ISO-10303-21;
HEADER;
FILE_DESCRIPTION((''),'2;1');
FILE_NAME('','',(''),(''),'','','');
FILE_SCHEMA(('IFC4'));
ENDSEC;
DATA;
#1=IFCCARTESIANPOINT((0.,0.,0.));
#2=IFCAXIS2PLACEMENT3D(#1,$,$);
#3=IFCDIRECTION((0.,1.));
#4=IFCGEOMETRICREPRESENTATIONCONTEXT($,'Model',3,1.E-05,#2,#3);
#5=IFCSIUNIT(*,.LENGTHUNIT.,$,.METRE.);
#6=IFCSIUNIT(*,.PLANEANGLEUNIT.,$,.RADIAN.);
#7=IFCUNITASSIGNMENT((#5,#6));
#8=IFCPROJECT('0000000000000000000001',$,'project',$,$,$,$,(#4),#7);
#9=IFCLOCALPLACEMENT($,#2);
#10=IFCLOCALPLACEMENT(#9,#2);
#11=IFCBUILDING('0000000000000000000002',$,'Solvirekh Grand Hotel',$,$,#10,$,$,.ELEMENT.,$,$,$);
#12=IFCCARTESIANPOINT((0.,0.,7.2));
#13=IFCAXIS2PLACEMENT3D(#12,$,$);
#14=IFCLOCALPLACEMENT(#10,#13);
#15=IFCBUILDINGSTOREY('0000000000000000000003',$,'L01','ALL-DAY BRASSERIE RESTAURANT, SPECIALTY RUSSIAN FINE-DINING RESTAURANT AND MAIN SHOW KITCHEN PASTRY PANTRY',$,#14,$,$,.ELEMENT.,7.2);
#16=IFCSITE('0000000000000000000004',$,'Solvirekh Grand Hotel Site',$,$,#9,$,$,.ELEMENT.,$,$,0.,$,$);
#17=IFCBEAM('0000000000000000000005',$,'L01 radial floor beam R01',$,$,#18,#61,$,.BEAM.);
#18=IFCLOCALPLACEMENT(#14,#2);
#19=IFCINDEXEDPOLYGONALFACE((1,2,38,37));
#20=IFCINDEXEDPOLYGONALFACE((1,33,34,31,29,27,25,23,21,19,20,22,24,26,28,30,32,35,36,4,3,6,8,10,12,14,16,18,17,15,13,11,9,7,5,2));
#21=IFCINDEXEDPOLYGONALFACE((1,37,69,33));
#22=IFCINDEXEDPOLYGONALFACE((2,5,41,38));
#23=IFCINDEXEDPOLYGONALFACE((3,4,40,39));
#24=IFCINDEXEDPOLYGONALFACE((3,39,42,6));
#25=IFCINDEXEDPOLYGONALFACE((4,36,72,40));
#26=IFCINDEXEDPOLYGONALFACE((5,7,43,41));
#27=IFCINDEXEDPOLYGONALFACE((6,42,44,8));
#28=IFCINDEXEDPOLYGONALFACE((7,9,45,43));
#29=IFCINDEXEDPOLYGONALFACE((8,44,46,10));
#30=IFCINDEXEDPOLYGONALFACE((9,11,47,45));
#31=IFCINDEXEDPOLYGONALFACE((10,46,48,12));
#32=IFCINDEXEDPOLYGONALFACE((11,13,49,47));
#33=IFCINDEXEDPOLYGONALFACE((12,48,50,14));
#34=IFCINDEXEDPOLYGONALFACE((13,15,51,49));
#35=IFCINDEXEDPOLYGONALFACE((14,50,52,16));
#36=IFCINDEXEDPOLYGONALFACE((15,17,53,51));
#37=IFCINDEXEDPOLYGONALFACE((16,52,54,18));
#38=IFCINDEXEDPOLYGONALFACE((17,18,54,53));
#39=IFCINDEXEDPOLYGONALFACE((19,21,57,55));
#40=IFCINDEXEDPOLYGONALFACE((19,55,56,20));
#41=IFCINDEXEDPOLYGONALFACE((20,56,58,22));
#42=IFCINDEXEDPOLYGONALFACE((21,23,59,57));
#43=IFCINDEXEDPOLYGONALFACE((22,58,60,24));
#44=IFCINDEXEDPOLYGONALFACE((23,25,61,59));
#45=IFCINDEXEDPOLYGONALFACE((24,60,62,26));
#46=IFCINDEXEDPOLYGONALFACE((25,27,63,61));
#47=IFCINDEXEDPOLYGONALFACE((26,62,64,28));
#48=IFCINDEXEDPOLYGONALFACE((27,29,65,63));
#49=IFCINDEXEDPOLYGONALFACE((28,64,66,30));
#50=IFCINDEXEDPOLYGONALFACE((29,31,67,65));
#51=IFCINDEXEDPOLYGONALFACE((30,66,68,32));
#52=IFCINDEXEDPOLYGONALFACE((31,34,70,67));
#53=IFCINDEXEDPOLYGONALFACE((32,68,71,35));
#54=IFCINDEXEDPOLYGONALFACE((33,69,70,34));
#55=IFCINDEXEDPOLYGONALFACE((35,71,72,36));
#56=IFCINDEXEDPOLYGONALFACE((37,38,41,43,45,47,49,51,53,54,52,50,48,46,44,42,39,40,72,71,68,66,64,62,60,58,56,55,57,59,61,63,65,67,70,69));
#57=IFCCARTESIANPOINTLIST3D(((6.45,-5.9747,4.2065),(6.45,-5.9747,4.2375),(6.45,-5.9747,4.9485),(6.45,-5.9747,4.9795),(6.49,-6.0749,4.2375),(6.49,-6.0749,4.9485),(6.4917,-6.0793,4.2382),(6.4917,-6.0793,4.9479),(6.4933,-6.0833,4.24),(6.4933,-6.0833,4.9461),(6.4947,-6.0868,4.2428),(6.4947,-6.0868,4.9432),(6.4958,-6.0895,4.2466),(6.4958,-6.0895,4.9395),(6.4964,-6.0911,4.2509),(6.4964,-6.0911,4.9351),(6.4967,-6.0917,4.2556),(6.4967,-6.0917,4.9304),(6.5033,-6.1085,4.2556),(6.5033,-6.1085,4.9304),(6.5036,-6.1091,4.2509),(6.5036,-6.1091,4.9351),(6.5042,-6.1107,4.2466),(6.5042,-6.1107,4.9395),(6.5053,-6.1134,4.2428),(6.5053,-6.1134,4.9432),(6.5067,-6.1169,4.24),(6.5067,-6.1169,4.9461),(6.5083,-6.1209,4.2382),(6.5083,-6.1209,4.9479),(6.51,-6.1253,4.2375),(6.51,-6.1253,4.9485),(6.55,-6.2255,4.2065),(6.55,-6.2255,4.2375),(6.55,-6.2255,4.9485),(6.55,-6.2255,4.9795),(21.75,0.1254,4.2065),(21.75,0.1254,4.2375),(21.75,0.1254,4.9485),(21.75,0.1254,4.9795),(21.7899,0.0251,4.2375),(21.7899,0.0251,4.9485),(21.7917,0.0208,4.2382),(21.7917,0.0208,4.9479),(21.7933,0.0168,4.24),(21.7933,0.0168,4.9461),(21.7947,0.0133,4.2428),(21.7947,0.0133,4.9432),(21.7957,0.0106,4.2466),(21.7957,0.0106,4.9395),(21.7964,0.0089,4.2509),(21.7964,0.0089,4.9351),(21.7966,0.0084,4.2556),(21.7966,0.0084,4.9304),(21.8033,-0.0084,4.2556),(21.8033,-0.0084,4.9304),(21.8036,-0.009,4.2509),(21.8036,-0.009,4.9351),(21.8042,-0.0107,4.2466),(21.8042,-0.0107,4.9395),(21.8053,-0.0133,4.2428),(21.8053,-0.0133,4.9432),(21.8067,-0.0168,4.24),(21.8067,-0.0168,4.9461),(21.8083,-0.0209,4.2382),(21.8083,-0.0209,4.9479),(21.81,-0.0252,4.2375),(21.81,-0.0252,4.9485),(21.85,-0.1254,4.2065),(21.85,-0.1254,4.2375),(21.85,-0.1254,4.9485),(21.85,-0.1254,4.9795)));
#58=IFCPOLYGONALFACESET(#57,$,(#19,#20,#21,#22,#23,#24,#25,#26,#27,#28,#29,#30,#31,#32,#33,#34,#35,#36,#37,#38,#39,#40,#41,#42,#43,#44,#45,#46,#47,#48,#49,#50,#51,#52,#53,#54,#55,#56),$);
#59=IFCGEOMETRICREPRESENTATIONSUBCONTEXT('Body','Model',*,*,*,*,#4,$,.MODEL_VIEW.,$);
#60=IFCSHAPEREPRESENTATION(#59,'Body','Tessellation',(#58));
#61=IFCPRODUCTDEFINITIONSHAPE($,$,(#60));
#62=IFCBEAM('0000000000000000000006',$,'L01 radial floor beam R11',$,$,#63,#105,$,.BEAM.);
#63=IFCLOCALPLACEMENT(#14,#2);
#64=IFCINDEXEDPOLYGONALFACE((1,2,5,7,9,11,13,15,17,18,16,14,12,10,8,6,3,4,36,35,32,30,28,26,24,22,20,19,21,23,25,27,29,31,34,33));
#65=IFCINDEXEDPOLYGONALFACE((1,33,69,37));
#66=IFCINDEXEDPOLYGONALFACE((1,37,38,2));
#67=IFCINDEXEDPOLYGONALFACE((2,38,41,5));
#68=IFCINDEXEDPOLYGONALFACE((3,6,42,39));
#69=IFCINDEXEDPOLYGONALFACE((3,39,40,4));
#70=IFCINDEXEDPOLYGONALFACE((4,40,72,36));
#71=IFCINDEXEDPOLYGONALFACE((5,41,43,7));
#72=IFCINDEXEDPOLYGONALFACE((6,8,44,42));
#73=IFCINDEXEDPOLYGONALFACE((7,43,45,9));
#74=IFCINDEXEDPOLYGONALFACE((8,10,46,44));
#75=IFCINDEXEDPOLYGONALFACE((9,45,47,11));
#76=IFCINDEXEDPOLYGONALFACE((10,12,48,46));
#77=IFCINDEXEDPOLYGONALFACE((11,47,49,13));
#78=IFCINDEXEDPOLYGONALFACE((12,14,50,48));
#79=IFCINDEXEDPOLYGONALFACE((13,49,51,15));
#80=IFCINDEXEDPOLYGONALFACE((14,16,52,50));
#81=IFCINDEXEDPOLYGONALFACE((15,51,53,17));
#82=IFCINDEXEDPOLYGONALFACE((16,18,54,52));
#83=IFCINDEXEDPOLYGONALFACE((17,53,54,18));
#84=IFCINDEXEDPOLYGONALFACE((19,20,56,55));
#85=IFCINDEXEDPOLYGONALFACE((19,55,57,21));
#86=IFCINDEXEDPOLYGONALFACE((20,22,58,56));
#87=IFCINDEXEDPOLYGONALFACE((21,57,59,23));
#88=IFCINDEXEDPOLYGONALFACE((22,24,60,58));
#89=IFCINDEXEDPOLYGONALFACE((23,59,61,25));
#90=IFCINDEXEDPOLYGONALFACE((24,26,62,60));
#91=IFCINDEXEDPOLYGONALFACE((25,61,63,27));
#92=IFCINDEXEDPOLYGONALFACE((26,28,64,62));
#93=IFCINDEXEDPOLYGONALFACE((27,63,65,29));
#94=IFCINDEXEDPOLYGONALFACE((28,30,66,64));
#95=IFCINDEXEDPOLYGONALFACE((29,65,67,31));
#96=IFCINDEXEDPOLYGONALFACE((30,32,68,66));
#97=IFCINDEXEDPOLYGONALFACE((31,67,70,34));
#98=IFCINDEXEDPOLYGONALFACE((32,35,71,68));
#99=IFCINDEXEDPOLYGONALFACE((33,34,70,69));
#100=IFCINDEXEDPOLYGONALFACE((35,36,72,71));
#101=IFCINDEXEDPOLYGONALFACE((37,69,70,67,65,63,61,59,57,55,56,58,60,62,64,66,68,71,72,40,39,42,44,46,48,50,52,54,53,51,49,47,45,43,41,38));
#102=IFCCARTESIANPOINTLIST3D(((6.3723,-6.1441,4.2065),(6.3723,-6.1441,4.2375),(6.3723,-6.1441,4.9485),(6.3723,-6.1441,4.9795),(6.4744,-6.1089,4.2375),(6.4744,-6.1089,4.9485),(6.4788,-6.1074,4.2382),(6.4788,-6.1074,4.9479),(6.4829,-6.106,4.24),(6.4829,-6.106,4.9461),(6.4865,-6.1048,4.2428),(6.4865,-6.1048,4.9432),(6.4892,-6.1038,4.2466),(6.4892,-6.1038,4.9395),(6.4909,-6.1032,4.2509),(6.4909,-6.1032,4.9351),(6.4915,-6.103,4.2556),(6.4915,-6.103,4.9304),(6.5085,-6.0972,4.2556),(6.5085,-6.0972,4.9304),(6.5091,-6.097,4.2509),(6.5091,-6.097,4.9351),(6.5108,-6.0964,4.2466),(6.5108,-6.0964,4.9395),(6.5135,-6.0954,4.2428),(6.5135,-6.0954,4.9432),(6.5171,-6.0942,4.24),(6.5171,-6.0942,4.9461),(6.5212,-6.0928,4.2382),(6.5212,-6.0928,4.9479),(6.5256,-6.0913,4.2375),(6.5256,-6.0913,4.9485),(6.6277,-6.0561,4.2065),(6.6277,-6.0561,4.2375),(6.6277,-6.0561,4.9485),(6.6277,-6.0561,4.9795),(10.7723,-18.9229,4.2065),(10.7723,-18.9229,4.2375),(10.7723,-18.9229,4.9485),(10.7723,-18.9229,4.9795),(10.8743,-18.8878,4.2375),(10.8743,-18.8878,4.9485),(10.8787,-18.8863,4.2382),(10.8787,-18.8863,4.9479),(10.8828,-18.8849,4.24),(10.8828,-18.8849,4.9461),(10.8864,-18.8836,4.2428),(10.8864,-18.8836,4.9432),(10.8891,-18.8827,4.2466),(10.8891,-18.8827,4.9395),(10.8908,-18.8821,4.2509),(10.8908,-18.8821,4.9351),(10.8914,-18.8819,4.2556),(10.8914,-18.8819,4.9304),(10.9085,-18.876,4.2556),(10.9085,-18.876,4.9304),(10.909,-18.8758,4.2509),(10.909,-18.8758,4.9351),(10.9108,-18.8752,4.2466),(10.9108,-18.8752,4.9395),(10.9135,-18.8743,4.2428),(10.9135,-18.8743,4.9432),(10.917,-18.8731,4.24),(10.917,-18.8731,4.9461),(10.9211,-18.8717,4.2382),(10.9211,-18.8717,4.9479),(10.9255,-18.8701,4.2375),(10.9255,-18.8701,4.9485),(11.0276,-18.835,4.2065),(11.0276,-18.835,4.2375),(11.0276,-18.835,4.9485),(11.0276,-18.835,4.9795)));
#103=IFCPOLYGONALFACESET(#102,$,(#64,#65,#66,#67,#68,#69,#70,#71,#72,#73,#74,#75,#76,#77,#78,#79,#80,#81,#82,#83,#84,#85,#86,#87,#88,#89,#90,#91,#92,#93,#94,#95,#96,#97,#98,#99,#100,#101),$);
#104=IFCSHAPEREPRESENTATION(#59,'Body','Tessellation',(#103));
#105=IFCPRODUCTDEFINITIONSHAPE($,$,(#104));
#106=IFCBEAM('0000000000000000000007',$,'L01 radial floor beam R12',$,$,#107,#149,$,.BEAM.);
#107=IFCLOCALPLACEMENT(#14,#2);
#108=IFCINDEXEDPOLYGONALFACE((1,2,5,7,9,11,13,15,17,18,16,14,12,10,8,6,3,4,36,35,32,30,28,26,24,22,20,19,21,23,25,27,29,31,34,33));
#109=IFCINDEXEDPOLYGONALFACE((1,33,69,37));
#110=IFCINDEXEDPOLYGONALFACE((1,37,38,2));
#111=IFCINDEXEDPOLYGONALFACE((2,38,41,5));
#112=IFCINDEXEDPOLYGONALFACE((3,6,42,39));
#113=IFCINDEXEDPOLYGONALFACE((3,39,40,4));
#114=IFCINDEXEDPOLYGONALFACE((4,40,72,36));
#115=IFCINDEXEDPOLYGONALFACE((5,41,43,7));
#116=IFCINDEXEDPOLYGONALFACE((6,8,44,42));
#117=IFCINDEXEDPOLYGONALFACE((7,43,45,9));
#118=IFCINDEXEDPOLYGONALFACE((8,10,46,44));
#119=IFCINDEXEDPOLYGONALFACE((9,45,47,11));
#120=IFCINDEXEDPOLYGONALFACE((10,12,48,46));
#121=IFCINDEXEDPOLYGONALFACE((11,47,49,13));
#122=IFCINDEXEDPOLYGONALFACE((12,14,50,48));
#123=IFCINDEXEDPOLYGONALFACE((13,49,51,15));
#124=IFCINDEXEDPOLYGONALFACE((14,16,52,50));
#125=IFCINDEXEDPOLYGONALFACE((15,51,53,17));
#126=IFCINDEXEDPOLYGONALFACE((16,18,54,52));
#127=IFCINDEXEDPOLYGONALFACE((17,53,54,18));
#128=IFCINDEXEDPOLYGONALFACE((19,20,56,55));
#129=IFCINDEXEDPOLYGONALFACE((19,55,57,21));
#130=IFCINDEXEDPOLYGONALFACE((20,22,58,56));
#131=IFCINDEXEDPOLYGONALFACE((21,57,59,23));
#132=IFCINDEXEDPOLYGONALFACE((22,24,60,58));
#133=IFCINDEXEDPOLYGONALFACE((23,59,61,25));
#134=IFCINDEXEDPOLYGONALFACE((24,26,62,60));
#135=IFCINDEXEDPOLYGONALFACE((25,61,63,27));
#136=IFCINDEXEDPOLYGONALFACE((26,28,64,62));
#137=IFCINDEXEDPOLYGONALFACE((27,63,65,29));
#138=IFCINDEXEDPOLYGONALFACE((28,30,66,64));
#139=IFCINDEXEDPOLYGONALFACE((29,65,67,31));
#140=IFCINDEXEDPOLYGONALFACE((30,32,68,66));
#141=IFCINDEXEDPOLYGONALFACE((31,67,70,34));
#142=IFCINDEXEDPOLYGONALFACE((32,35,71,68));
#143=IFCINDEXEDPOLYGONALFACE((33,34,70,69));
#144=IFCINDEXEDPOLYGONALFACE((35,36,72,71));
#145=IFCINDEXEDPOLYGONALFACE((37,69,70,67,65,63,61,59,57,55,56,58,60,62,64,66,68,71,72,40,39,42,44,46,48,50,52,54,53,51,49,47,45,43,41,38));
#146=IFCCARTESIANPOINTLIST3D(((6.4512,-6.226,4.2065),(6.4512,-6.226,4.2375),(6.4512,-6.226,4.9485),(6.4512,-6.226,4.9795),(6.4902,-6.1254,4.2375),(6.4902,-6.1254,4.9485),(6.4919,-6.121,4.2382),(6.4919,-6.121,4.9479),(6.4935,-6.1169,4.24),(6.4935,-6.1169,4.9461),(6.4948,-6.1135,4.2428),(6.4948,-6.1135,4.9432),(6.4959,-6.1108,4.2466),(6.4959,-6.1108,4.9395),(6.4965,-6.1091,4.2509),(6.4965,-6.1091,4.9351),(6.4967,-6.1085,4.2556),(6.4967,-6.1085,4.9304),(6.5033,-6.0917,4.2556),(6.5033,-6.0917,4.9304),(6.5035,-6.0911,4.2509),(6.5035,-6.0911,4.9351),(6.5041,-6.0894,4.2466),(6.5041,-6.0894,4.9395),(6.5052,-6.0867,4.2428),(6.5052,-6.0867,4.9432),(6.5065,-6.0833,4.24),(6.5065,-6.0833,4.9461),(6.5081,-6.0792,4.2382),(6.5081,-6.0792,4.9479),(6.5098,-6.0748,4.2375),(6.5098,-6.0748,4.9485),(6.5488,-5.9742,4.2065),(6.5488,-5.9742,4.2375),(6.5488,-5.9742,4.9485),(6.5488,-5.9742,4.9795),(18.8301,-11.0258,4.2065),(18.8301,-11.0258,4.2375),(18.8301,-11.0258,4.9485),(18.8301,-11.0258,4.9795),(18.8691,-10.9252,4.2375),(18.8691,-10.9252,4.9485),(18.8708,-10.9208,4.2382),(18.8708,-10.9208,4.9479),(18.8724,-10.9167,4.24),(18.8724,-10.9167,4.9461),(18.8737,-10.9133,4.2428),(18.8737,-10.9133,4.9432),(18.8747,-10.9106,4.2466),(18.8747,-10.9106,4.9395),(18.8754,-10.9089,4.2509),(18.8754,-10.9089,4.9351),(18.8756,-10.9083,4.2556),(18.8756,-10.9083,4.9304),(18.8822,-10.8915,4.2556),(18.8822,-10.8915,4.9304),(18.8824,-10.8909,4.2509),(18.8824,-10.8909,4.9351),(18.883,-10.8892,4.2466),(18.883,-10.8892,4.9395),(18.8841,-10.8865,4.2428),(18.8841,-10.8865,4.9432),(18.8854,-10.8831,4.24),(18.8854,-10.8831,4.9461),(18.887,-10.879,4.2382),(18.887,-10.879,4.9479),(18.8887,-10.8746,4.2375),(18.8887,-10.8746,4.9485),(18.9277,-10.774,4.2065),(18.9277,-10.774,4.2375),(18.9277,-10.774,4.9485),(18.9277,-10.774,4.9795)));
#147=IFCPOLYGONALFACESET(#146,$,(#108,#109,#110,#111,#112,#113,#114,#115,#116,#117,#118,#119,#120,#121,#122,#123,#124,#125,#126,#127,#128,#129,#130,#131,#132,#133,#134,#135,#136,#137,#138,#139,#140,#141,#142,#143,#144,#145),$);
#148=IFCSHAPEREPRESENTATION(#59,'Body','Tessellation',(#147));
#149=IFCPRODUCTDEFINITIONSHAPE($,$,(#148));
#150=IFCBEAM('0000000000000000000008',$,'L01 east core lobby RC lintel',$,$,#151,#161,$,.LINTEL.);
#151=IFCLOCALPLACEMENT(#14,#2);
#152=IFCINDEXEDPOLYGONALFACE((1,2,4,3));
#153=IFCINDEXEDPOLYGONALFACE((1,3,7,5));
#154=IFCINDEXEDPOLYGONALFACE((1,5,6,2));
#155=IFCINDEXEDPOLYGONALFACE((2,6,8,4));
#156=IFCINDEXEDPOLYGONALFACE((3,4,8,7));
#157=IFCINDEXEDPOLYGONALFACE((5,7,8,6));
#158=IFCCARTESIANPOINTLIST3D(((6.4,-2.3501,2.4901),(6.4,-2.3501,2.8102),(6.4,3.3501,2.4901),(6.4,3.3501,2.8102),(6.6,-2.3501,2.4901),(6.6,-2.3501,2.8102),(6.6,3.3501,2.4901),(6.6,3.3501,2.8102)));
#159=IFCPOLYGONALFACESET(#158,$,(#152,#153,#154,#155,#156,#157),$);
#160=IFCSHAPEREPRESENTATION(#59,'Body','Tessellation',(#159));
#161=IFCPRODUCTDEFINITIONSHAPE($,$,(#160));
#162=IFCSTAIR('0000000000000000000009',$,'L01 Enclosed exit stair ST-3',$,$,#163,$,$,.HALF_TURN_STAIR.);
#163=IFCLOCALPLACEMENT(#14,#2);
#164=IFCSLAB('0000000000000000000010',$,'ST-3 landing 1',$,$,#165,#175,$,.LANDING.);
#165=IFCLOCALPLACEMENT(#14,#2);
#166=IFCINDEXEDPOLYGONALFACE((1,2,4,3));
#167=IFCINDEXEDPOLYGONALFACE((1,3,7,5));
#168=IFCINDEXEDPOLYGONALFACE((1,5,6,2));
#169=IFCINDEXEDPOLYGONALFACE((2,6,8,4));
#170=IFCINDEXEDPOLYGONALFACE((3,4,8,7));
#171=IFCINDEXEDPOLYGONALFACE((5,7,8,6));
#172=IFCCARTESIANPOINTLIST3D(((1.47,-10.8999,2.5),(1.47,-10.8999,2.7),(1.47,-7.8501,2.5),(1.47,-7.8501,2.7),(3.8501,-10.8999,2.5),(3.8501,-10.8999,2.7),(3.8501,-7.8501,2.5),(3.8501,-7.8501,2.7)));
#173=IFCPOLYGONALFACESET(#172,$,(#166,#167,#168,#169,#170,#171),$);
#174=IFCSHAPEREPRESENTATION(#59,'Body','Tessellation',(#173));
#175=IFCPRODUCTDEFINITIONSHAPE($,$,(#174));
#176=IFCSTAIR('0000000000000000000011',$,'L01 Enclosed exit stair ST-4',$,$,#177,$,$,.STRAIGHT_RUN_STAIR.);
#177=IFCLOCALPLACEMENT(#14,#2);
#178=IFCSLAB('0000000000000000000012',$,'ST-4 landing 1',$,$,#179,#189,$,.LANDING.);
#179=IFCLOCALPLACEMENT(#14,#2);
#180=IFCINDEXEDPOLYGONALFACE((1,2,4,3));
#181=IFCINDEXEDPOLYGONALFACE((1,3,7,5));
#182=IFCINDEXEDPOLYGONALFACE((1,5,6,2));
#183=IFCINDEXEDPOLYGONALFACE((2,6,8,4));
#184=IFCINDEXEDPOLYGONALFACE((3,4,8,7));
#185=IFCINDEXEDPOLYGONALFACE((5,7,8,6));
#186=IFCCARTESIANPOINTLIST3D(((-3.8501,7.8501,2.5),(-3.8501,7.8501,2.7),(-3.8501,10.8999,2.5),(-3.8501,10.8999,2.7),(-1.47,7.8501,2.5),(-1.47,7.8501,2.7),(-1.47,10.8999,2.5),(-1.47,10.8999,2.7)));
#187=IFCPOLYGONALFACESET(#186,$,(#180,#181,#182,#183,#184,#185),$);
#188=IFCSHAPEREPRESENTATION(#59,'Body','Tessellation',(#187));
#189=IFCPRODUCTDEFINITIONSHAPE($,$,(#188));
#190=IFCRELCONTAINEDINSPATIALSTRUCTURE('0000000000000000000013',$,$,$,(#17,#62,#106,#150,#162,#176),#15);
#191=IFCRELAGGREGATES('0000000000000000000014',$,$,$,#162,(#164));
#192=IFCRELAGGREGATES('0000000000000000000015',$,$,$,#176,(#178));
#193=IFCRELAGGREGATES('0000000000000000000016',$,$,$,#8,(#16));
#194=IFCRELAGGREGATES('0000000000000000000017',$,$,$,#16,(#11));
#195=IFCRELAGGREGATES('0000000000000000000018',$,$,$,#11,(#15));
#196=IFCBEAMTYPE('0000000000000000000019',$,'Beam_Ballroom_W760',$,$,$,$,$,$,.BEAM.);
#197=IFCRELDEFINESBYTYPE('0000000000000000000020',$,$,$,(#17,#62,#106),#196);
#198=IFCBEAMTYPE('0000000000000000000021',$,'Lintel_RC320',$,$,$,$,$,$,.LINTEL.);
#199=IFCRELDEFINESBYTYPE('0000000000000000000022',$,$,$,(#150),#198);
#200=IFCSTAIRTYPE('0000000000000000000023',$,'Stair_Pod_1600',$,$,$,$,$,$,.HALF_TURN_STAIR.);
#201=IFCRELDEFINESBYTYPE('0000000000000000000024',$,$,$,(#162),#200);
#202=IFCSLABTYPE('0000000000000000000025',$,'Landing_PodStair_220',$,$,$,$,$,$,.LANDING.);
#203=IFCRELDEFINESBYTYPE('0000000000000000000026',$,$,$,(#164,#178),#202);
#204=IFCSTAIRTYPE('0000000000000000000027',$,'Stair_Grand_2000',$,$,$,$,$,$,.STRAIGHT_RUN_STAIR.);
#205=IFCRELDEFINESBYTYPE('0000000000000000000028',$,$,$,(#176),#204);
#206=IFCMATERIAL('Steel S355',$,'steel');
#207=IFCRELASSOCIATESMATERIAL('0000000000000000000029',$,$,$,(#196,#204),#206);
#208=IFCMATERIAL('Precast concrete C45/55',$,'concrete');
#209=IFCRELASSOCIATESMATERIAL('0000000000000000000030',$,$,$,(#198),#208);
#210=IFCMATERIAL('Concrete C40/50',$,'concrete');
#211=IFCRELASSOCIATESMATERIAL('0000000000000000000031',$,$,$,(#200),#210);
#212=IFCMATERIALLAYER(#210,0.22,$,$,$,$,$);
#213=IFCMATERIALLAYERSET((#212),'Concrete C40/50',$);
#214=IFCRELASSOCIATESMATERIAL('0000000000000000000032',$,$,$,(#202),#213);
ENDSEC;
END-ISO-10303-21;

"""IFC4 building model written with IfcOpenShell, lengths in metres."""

from ifc_helpers import new_model, si_unit, direction, frame, origin, origin_2d, place, context, subcontext, project, spatial, polyline, rectangle, i_section, outline, extrude, material, layer, layer_set, material_profile, profile_set, type_object, element, aggregate, save


model = new_model("IFC4")

# Units and contexts
model_context = context("Model", 3, precision=1e-05, world=origin(), true_north=direction((0.0, 1.0)))
body_context = subcontext(model_context, "Body", "Model", "MODEL_VIEW")
ifc_project = project(units=[si_unit("LENGTHUNIT", "METRE"), si_unit("PLANEANGLEUNIT", "RADIAN")], contexts=[model_context])

# Site, building, storey
site_placement = place(None, origin())
site = spatial("IfcSite", under=ifc_project, at=site_placement, Name="Solvirekh Grand Hotel Site", CompositionType="ELEMENT", RefElevation=0.0)
building_placement = place(site_placement, origin())
building = spatial("IfcBuilding", under=site, at=building_placement, Name="Solvirekh Grand Hotel", CompositionType="ELEMENT")
storey_placement = place(building_placement, frame((0.0, 0.0, 7.2)))
storey = spatial("IfcBuildingStorey", under=building, at=storey_placement, Name="L01", Description="ALL-DAY BRASSERIE RESTAURANT, SPECIALTY RUSSIAN FINE-DINING RESTAURANT AND MAIN SHOW KITCHEN PASTRY PANTRY", CompositionType="ELEMENT", Elevation=7.2)

# Beams
ifc_material_1 = material(Name="Steel S355", Category="steel")
ifc_material_profile_1 = material_profile(ifc_material_1, i_section(OverallWidth=0.27, OverallDepth=0.7729, WebThickness=0.0181, FlangeThickness=0.031, FilletRadius=0.0181, at=origin_2d()), Name="W760X257")
ifc_profile_set_1 = profile_set([ifc_material_profile_1], Name="Steel S355")
beam_type_1 = type_object("IfcBeamType", Name="Beam_Ballroom_W760", PredefinedType="BEAM", material=ifc_profile_set_1)
beam_1_placement = place(storey_placement, frame((6.5, -6.1001, 4.593), z_axis=(0.928893, 0.370348, 0.0), x_axis=(-0.370348, 0.928893, 0.0)))
element("IfcBeam", 1, at=beam_1_placement, inside=storey, type_object=beam_type_1, Name="L01 radial floor beam R01", PredefinedType="BEAM", context=body_context, shape_type="SweptSolid", body=[
    extrude(i_section(OverallWidth=0.27, OverallDepth=0.7729, WebThickness=0.0181, FlangeThickness=0.031, FilletRadius=0.0181, at=origin_2d()), origin(), (0.0, 0.0, 1.0), 16.4712),
])
beam_2_placement = place(storey_placement, frame((6.5, -6.1001, 4.593), z_axis=(0.325555, -0.945523, 0.0), x_axis=(0.945523, 0.325555, 0.0)))
element("IfcBeam", 2, at=beam_2_placement, inside=storey, type_object=beam_type_1, Name="L01 radial floor beam R11", PredefinedType="BEAM", context=body_context, shape_type="SweptSolid", body=[
    extrude(i_section(OverallWidth=0.27, OverallDepth=0.7729, WebThickness=0.0181, FlangeThickness=0.031, FilletRadius=0.0181, at=origin_2d()), origin(), (0.0, 0.0, 1.0), 13.5151),
])
beam_3_placement = place(storey_placement, frame((6.5, -6.1001, 4.593), z_axis=(0.932366, -0.361516, 0.0), x_axis=(0.361516, 0.932366, 0.0)))
element("IfcBeam", 3, at=beam_3_placement, inside=storey, type_object=beam_type_1, Name="L01 radial floor beam R12", PredefinedType="BEAM", context=body_context, shape_type="SweptSolid", body=[
    extrude(i_section(OverallWidth=0.27, OverallDepth=0.7729, WebThickness=0.0181, FlangeThickness=0.031, FilletRadius=0.0181, at=origin_2d()), origin(), (0.0, 0.0, 1.0), 13.2769),
])
ifc_material_2 = material(Name="Precast concrete C45/55", Category="concrete")
ifc_material_profile_2 = material_profile(ifc_material_2, rectangle(XDim=0.2, YDim=0.3201, at=origin_2d()), Name="RC LINTEL 200X320")
ifc_profile_set_2 = profile_set([ifc_material_profile_2], Name="Precast concrete C45/55")
beam_type_2 = type_object("IfcBeamType", Name="Lintel_RC320", PredefinedType="LINTEL", material=ifc_profile_set_2)
beam_4_placement = place(storey_placement, frame((6.5, -2.3501, 2.6501), z_axis=(0.0, 1.0, 0.0), x_axis=(-1.0, 0.0, 0.0)))
element("IfcBeam", 4, at=beam_4_placement, inside=storey, type_object=beam_type_2, Name="L01 east core lobby RC lintel", PredefinedType="LINTEL", context=body_context, shape_type="SweptSolid", body=[
    extrude(rectangle(XDim=0.2, YDim=0.3201, at=origin_2d()), origin(), (0.0, 0.0, 1.0), 5.7002),
])

# Stairs, slabs
ifc_material_3 = material(Name="Concrete C40/50", Category="concrete")
stair_type_1 = type_object("IfcStairType", Name="Stair_Pod_1600", PredefinedType="HALF_TURN_STAIR", material=ifc_material_3)
stair_1_placement = place(storey_placement, origin())
stair_1 = element("IfcStair", 5, at=stair_1_placement, inside=storey, type_object=stair_type_1, Name="L01 Enclosed exit stair ST-3", PredefinedType="HALF_TURN_STAIR")
ifc_layer_1 = layer(ifc_material_3, 0.22)
ifc_layer_set_1 = layer_set([ifc_layer_1], Name="Concrete C40/50")
slab_type_1 = type_object("IfcSlabType", Name="Landing_PodStair_220", PredefinedType="LANDING", material=ifc_layer_set_1)
slab_1_placement = place(storey_placement, frame((0.0, 0.0, 2.5)))
slab_1 = element("IfcSlab", 6, at=slab_1_placement, type_object=slab_type_1, Name="ST-3 landing 1", PredefinedType="LANDING", context=body_context, shape_type="SweptSolid", body=[
    extrude(outline(polyline([(1.47, -10.8999), (3.8501, -10.8999), (3.8501, -7.8501), (1.47, -7.8501), (1.47, -10.8999)])), origin(), (0.0, 0.0, 1.0), 0.2),
])
aggregate(stair_1, [slab_1])
stair_type_2 = type_object("IfcStairType", Name="Stair_Grand_2000", PredefinedType="STRAIGHT_RUN_STAIR", material=ifc_material_1)
stair_2_placement = place(storey_placement, origin())
stair_2 = element("IfcStair", 7, at=stair_2_placement, inside=storey, type_object=stair_type_2, Name="L01 Enclosed exit stair ST-4", PredefinedType="STRAIGHT_RUN_STAIR")
slab_2_placement = place(storey_placement, frame((0.0, 0.0, 2.5)))
slab_2 = element("IfcSlab", 8, at=slab_2_placement, type_object=slab_type_1, Name="ST-4 landing 1", PredefinedType="LANDING", context=body_context, shape_type="SweptSolid", body=[
    extrude(outline(polyline([(-1.47, 10.8999), (-3.8501, 10.8999), (-3.8501, 7.8501), (-1.47, 7.8501), (-1.47, 10.8999)])), origin(), (0.0, 0.0, 1.0), 0.2),
])
aggregate(stair_2, [slab_2])

save(model, "model.ifc")
